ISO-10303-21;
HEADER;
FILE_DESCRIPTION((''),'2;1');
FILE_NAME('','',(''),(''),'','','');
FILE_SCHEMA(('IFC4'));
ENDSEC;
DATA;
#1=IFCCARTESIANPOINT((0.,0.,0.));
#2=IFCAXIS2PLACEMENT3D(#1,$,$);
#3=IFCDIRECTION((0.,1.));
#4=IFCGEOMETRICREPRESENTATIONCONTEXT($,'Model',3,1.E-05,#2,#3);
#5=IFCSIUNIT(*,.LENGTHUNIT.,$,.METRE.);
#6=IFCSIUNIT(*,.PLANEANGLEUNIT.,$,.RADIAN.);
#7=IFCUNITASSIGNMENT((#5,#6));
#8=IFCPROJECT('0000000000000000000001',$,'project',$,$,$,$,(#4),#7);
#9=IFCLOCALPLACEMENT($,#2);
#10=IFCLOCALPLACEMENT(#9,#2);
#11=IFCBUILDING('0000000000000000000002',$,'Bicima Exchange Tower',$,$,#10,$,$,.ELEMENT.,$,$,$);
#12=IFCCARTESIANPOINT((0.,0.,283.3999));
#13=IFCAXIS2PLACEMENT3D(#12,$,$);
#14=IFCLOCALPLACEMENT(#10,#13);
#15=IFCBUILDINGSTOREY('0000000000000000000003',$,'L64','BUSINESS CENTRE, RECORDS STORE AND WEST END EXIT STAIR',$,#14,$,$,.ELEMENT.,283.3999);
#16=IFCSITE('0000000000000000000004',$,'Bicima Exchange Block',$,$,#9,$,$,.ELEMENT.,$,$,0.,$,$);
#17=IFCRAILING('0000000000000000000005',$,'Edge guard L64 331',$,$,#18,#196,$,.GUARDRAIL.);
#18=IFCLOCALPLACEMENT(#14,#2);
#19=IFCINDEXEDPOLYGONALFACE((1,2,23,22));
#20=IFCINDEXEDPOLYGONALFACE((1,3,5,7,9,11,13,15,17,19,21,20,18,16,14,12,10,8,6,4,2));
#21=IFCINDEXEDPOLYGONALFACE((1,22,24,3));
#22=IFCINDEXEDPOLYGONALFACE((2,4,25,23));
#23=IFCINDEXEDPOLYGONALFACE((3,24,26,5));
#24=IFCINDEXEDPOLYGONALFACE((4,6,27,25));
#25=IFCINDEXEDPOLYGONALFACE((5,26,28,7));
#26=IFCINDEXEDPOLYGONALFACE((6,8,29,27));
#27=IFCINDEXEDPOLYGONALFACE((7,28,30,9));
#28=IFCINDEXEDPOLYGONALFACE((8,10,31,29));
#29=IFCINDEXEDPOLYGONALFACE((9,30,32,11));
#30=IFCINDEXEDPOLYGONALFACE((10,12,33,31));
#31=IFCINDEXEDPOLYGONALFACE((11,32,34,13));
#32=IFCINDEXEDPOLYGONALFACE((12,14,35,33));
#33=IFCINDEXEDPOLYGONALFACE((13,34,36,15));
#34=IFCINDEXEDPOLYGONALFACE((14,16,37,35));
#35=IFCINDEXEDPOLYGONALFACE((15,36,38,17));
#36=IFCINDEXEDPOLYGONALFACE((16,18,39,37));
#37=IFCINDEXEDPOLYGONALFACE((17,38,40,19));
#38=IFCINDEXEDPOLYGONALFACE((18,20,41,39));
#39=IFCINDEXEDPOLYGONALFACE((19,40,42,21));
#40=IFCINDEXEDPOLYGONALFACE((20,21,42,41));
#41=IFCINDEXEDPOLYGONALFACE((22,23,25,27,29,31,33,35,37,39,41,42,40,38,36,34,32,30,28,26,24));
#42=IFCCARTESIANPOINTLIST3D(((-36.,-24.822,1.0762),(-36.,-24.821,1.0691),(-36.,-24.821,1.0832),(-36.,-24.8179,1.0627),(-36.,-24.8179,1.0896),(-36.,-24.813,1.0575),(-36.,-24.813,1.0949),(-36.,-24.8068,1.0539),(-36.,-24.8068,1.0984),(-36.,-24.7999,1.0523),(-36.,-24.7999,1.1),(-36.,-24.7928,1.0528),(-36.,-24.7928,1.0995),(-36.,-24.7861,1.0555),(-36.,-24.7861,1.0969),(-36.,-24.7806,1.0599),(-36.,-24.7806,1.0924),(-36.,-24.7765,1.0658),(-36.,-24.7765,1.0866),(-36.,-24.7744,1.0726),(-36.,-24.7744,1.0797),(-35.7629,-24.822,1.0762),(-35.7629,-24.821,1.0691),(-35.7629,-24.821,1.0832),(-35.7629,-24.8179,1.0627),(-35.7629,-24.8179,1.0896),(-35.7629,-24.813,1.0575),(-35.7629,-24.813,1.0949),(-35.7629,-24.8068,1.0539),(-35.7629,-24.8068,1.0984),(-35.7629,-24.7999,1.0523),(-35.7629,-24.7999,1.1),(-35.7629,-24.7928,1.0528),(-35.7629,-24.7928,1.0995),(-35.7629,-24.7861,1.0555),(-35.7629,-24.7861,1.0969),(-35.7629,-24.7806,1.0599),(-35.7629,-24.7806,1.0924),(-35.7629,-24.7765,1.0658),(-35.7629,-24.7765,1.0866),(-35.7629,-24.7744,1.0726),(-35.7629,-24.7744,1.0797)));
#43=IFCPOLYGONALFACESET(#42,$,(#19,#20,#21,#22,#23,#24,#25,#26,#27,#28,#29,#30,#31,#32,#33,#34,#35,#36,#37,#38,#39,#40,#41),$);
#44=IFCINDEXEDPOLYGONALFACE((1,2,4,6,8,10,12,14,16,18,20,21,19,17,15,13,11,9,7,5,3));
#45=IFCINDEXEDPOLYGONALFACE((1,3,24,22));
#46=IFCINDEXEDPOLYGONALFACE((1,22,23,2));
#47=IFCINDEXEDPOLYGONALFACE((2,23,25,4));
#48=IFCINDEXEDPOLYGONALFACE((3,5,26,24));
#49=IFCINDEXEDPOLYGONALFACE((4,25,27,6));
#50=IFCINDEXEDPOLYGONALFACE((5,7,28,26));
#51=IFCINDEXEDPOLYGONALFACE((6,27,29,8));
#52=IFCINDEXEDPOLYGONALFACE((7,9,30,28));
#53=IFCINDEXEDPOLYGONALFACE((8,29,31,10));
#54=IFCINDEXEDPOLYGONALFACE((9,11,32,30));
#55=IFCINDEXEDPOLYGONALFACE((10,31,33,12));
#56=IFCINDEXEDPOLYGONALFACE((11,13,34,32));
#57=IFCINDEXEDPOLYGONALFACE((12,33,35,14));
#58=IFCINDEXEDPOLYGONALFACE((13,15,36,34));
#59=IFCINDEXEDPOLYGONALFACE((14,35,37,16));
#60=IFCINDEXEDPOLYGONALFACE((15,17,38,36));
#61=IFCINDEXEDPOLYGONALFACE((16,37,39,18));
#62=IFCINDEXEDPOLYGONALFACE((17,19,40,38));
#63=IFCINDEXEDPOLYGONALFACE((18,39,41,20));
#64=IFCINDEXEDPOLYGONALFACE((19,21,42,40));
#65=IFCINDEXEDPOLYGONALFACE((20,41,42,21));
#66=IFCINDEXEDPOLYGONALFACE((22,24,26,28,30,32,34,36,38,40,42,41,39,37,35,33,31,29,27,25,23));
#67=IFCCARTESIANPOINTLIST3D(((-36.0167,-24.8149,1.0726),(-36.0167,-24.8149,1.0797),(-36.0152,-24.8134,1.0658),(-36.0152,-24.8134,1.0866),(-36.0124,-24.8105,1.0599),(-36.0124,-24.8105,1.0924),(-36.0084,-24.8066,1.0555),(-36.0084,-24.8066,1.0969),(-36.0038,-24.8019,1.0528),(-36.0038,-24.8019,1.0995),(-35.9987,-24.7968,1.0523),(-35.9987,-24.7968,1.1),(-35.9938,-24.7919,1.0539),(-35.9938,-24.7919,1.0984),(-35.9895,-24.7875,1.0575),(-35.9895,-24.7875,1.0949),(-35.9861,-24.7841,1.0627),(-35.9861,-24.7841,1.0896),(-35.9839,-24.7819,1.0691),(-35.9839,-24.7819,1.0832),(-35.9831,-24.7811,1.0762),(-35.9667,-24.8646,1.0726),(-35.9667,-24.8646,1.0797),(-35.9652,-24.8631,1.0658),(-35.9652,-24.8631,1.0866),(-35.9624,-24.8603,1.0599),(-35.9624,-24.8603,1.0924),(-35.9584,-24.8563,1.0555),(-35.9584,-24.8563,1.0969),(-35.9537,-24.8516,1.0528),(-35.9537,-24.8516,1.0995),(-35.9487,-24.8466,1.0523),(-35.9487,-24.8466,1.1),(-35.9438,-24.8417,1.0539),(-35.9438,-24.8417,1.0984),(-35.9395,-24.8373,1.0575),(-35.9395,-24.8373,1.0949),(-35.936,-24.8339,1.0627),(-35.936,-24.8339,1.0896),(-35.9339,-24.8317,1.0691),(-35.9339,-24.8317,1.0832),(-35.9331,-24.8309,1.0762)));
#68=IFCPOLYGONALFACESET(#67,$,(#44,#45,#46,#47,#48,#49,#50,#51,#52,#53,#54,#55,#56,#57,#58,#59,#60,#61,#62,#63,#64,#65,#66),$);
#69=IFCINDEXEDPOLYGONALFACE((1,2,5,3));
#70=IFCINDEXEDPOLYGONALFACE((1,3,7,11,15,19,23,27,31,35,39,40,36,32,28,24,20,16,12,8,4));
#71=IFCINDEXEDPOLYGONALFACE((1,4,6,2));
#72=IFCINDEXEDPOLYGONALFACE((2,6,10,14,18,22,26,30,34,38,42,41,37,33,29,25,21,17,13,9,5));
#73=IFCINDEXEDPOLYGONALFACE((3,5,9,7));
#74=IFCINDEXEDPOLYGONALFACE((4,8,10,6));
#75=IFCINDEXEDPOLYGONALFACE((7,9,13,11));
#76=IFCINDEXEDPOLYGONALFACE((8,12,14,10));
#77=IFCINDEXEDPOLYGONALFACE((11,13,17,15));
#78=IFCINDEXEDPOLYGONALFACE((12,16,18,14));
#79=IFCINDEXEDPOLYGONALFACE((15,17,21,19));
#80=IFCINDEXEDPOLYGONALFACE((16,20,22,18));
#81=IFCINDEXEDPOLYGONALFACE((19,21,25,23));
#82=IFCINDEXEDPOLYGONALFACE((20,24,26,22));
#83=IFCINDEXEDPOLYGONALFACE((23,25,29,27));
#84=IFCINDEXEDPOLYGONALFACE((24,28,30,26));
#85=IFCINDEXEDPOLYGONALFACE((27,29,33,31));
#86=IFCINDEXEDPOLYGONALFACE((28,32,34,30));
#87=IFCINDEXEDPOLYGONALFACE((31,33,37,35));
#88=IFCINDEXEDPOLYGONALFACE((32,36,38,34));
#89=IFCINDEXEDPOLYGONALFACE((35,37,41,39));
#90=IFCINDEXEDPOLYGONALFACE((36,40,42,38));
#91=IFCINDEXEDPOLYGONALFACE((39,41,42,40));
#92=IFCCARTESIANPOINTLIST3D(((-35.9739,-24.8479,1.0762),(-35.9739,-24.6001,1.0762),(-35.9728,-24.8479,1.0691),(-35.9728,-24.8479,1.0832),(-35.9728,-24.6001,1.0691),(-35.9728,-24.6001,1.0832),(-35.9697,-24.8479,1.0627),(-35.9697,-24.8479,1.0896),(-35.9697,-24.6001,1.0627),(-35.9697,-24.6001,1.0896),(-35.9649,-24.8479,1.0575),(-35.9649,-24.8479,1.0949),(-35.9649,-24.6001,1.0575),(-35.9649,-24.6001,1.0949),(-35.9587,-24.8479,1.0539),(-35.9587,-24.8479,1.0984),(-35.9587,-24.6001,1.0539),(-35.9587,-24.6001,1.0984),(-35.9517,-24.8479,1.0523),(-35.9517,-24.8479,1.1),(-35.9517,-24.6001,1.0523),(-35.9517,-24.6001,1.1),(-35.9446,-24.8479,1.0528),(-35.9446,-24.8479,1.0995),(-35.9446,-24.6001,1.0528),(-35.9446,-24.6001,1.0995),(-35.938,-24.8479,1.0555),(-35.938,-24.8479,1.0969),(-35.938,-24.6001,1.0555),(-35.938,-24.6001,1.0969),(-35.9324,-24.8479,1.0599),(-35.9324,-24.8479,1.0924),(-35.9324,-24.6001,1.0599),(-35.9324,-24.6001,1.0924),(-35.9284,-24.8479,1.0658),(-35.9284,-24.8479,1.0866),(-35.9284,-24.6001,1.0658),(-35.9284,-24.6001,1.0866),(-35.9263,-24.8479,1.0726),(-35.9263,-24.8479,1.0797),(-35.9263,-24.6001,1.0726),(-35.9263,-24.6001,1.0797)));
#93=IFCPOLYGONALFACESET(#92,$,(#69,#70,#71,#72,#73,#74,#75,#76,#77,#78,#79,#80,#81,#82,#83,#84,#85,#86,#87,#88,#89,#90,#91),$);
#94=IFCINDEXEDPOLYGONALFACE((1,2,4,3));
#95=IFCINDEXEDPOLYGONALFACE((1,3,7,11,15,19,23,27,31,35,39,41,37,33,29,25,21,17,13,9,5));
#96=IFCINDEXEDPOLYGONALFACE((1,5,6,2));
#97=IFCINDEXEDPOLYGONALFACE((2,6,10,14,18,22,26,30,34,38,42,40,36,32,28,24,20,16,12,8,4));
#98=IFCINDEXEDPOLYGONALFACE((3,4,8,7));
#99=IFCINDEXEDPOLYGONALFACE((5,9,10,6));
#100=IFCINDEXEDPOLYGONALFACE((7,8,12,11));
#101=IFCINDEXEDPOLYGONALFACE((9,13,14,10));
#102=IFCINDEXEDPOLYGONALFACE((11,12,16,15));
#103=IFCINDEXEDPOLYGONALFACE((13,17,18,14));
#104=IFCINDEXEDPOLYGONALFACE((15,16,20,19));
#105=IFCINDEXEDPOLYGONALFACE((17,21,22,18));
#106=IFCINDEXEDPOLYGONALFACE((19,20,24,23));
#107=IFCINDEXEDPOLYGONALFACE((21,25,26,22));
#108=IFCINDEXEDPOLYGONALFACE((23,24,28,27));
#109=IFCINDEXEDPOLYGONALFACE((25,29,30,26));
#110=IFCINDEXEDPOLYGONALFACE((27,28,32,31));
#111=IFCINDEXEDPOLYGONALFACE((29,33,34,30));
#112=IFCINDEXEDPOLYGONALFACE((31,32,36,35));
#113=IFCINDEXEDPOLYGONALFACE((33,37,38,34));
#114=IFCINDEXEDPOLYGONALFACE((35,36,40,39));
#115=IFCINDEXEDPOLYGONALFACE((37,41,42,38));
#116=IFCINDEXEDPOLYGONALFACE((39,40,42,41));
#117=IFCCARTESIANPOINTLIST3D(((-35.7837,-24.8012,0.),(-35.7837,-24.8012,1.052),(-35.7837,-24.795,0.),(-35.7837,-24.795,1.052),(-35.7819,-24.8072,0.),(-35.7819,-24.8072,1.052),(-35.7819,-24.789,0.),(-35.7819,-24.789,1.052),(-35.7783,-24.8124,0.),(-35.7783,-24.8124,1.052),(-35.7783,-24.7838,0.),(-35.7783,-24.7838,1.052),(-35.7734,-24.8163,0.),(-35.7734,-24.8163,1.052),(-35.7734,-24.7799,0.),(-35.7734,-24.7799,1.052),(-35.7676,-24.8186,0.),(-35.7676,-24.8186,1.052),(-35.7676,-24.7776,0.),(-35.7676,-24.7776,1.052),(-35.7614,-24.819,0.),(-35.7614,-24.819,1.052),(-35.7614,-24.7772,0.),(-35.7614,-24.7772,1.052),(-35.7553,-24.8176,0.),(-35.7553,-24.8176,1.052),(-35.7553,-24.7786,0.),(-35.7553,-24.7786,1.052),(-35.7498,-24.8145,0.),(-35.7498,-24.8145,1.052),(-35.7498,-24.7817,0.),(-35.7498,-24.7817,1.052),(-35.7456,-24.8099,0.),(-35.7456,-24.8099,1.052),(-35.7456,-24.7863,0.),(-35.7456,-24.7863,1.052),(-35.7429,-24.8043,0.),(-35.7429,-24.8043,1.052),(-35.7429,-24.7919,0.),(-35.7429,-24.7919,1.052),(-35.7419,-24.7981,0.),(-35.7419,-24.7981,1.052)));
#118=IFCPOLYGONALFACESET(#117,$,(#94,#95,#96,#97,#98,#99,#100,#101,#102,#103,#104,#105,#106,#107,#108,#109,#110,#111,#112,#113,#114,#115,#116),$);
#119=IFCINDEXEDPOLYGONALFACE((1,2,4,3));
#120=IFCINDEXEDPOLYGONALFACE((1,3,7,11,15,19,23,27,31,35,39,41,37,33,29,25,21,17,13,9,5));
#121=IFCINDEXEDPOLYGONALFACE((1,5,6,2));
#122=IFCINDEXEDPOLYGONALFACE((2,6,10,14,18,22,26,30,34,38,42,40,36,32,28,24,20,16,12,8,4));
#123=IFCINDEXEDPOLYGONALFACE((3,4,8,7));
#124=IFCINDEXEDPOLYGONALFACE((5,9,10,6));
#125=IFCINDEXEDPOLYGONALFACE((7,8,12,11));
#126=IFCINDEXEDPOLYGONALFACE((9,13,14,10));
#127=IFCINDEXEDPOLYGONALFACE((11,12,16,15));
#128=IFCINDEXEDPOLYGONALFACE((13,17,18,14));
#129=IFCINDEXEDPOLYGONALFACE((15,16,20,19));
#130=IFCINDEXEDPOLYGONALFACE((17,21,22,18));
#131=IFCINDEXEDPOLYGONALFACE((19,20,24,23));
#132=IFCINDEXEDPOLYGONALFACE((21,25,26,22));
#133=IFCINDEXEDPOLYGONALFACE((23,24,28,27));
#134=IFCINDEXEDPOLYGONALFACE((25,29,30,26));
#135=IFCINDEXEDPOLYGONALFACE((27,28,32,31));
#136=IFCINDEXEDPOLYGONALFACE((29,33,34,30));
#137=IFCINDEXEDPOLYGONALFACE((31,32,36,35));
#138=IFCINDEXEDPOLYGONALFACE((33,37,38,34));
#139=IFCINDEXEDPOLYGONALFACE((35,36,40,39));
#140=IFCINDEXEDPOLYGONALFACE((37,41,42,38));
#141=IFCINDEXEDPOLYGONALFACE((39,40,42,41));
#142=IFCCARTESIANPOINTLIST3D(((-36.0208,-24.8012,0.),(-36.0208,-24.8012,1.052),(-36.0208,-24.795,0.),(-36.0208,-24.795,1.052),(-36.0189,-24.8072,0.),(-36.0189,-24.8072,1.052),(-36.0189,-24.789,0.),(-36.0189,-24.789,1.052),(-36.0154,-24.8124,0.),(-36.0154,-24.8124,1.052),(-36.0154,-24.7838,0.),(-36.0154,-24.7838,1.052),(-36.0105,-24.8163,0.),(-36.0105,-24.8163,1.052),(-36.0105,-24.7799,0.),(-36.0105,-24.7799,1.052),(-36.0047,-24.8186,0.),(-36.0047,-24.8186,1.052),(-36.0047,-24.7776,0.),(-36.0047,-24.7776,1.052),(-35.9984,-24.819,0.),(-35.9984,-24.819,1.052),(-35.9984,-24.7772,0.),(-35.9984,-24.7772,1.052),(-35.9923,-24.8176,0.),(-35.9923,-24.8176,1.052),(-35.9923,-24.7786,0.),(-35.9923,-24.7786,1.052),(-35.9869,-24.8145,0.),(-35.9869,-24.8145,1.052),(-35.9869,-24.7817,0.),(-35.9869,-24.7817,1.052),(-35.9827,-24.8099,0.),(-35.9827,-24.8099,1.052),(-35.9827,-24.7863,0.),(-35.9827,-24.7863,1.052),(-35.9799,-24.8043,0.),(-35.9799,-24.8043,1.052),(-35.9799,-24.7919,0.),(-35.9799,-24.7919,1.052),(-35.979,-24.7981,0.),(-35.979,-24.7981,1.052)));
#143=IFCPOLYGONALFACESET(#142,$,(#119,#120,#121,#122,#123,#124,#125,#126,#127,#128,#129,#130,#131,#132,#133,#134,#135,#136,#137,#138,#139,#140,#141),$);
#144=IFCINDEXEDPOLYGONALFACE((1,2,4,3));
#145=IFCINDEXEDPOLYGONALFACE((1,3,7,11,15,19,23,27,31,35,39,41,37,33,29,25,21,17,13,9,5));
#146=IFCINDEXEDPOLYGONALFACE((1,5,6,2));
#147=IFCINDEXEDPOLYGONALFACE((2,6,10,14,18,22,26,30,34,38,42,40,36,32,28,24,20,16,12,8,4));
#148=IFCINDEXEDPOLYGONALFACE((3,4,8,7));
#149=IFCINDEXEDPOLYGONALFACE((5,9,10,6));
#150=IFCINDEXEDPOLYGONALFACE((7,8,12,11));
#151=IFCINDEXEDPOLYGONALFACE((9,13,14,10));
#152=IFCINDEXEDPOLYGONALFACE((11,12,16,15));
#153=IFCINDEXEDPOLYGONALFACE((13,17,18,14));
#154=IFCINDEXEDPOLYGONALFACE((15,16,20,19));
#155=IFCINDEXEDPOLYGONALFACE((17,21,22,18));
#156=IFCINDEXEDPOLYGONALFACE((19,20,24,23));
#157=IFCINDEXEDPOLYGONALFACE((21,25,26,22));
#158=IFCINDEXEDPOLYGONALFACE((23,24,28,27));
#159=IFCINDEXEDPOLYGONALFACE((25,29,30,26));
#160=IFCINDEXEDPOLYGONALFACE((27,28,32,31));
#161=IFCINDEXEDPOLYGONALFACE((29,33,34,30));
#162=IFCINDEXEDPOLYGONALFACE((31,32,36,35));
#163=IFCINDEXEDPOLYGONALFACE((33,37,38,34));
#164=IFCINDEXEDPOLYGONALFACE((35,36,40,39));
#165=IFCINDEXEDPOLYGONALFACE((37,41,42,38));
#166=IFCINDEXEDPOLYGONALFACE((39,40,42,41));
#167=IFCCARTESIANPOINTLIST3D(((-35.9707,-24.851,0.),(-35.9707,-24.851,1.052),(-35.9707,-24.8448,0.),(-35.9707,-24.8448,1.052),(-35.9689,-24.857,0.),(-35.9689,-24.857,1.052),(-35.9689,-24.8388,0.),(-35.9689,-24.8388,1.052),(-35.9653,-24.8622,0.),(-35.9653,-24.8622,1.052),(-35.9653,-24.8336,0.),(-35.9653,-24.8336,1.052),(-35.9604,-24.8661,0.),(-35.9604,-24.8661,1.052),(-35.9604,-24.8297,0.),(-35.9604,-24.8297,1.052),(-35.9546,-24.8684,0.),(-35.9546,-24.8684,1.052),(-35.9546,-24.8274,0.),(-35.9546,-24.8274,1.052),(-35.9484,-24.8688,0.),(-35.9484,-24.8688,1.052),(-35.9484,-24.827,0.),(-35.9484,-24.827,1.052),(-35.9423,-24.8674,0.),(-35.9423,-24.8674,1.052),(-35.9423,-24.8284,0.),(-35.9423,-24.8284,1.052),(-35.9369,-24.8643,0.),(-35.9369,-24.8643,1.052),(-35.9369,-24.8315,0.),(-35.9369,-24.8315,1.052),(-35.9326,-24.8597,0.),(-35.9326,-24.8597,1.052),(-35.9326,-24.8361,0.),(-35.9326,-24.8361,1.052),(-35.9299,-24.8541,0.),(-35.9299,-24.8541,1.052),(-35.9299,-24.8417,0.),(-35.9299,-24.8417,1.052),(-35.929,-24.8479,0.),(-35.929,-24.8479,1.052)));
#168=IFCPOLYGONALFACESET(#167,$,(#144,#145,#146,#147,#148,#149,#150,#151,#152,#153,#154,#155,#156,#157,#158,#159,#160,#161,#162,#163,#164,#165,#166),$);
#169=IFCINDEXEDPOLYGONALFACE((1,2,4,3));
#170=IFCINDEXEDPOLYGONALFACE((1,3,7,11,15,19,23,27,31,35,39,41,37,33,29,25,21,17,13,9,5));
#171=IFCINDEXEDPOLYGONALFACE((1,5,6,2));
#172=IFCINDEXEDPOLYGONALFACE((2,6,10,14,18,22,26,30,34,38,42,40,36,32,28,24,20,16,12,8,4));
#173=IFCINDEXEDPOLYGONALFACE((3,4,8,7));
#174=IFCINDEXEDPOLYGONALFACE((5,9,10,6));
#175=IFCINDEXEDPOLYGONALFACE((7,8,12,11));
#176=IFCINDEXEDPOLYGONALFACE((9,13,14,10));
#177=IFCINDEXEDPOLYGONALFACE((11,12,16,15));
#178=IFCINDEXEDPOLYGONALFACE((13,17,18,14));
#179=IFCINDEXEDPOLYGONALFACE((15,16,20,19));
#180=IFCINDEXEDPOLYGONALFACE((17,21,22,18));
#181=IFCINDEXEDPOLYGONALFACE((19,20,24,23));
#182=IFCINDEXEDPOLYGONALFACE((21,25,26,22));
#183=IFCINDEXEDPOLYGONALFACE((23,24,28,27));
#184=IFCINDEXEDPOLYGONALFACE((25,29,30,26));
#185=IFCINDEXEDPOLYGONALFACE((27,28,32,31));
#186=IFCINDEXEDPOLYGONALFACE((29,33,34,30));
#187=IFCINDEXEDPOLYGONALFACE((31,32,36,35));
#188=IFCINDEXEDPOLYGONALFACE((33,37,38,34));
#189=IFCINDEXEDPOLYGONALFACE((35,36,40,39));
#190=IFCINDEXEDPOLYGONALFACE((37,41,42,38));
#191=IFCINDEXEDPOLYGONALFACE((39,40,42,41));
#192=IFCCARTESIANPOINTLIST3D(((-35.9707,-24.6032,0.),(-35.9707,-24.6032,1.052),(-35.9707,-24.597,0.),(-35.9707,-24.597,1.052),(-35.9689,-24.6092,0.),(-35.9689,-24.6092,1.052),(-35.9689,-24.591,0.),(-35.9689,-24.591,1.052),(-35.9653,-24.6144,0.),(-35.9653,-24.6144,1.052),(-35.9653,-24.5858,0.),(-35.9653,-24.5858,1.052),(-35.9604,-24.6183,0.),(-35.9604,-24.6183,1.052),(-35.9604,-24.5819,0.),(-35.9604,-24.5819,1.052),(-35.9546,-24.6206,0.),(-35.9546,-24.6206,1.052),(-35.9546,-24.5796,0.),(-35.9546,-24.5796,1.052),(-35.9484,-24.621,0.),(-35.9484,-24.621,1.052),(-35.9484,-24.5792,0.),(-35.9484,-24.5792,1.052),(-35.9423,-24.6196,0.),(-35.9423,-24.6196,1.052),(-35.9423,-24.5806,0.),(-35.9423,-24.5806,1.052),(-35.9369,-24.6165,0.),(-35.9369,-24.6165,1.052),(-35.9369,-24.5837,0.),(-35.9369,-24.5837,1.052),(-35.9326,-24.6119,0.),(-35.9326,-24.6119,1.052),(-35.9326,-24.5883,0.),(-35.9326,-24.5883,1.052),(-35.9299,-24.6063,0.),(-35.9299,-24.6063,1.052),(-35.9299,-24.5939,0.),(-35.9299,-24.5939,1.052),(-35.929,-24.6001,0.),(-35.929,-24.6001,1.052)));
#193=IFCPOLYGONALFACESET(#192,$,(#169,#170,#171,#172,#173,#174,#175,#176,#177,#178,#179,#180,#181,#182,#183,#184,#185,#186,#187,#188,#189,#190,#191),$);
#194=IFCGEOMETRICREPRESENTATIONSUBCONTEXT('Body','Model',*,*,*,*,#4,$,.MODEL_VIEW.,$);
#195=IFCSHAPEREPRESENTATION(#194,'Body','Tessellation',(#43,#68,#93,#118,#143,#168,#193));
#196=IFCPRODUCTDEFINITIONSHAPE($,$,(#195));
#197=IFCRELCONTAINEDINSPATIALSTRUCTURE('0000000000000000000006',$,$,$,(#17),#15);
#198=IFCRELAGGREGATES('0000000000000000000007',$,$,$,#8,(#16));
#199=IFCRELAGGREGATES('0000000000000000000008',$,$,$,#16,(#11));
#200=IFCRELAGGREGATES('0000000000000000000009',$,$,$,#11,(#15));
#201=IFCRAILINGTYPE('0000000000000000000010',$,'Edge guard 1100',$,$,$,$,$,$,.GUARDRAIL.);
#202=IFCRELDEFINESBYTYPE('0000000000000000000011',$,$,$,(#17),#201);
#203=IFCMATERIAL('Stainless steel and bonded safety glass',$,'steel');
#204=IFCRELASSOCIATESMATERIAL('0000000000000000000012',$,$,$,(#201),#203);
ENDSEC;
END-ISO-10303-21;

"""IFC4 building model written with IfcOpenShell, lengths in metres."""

from ifc_helpers import new_model, si_unit, direction, frame, origin, origin_2d, place, context, subcontext, project, spatial, circle, extrude, material, type_object, element, save


model = new_model("IFC4")

# Units and contexts
model_context = context("Model", 3, precision=1e-05, world=origin(), true_north=direction((0.0, 1.0)))
body_context = subcontext(model_context, "Body", "Model", "MODEL_VIEW")
ifc_project = project(units=[si_unit("LENGTHUNIT", "METRE"), si_unit("PLANEANGLEUNIT", "RADIAN")], contexts=[model_context])

# Site, building, storey
site_placement = place(None, origin())
site = spatial("IfcSite", under=ifc_project, at=site_placement, Name="Bicima Exchange Block", CompositionType="ELEMENT", RefElevation=0.0)
building_placement = place(site_placement, origin())
building = spatial("IfcBuilding", under=site, at=building_placement, Name="Bicima Exchange Tower", CompositionType="ELEMENT")
storey_placement = place(building_placement, frame((0.0, 0.0, 283.3999)))
storey = spatial("IfcBuildingStorey", under=building, at=storey_placement, Name="L64", Description="BUSINESS CENTRE, RECORDS STORE AND WEST END EXIT STAIR", CompositionType="ELEMENT", Elevation=283.3999)

# Railing
ifc_material_1 = material(Name="Stainless steel and bonded safety glass", Category="steel")
railing_type = type_object("IfcRailingType", Name="Edge guard 1100", PredefinedType="GUARDRAIL", material=ifc_material_1)
railing_1_placement = place(storey_placement, frame((-35.7629, -24.7981, 0.0)))
element("IfcRailing", 1, at=railing_1_placement, inside=storey, type_object=railing_type, Name="Edge guard L64 331", PredefinedType="GUARDRAIL", context=body_context, shape_type="SweptSolid", body=[
    extrude(circle(Radius=0.0239, at=origin_2d()), frame((0.0, 0.0, 1.0762), z_axis=(-1.0, 0.0, 0.0), x_axis=(0.0, -1.0, 0.0)), (0.0, 0.0, 1.0), 0.2371),
    extrude(circle(Radius=0.0239, at=origin_2d()), frame((-0.2371, 0.0, 1.0762), z_axis=(0.708834, -0.705376, 0.0), x_axis=(0.705376, 0.708834, 0.0)), (0.0, 0.0, 1.0), 0.0706),
    extrude(circle(Radius=0.0239, at=origin_2d()), frame((-0.187, -0.0498, 1.0762), z_axis=(0.0, 1.0, 0.0), x_axis=(-1.0, 0.0, 0.0)), (0.0, 0.0, 1.0), 0.2478),
    extrude(circle(Radius=0.021, at=origin_2d()), origin(), (0.0, 0.0, 1.0), 1.052),
    extrude(circle(Radius=0.021, at=origin_2d()), frame((-0.2371, 0.0, 0.0)), (0.0, 0.0, 1.0), 1.052),
    extrude(circle(Radius=0.021, at=origin_2d()), frame((-0.187, -0.0498, 0.0)), (0.0, 0.0, 1.0), 1.052),
    extrude(circle(Radius=0.021, at=origin_2d()), frame((-0.187, 0.198, 0.0)), (0.0, 0.0, 1.0), 1.052),
])

save(model, "model.ifc")
